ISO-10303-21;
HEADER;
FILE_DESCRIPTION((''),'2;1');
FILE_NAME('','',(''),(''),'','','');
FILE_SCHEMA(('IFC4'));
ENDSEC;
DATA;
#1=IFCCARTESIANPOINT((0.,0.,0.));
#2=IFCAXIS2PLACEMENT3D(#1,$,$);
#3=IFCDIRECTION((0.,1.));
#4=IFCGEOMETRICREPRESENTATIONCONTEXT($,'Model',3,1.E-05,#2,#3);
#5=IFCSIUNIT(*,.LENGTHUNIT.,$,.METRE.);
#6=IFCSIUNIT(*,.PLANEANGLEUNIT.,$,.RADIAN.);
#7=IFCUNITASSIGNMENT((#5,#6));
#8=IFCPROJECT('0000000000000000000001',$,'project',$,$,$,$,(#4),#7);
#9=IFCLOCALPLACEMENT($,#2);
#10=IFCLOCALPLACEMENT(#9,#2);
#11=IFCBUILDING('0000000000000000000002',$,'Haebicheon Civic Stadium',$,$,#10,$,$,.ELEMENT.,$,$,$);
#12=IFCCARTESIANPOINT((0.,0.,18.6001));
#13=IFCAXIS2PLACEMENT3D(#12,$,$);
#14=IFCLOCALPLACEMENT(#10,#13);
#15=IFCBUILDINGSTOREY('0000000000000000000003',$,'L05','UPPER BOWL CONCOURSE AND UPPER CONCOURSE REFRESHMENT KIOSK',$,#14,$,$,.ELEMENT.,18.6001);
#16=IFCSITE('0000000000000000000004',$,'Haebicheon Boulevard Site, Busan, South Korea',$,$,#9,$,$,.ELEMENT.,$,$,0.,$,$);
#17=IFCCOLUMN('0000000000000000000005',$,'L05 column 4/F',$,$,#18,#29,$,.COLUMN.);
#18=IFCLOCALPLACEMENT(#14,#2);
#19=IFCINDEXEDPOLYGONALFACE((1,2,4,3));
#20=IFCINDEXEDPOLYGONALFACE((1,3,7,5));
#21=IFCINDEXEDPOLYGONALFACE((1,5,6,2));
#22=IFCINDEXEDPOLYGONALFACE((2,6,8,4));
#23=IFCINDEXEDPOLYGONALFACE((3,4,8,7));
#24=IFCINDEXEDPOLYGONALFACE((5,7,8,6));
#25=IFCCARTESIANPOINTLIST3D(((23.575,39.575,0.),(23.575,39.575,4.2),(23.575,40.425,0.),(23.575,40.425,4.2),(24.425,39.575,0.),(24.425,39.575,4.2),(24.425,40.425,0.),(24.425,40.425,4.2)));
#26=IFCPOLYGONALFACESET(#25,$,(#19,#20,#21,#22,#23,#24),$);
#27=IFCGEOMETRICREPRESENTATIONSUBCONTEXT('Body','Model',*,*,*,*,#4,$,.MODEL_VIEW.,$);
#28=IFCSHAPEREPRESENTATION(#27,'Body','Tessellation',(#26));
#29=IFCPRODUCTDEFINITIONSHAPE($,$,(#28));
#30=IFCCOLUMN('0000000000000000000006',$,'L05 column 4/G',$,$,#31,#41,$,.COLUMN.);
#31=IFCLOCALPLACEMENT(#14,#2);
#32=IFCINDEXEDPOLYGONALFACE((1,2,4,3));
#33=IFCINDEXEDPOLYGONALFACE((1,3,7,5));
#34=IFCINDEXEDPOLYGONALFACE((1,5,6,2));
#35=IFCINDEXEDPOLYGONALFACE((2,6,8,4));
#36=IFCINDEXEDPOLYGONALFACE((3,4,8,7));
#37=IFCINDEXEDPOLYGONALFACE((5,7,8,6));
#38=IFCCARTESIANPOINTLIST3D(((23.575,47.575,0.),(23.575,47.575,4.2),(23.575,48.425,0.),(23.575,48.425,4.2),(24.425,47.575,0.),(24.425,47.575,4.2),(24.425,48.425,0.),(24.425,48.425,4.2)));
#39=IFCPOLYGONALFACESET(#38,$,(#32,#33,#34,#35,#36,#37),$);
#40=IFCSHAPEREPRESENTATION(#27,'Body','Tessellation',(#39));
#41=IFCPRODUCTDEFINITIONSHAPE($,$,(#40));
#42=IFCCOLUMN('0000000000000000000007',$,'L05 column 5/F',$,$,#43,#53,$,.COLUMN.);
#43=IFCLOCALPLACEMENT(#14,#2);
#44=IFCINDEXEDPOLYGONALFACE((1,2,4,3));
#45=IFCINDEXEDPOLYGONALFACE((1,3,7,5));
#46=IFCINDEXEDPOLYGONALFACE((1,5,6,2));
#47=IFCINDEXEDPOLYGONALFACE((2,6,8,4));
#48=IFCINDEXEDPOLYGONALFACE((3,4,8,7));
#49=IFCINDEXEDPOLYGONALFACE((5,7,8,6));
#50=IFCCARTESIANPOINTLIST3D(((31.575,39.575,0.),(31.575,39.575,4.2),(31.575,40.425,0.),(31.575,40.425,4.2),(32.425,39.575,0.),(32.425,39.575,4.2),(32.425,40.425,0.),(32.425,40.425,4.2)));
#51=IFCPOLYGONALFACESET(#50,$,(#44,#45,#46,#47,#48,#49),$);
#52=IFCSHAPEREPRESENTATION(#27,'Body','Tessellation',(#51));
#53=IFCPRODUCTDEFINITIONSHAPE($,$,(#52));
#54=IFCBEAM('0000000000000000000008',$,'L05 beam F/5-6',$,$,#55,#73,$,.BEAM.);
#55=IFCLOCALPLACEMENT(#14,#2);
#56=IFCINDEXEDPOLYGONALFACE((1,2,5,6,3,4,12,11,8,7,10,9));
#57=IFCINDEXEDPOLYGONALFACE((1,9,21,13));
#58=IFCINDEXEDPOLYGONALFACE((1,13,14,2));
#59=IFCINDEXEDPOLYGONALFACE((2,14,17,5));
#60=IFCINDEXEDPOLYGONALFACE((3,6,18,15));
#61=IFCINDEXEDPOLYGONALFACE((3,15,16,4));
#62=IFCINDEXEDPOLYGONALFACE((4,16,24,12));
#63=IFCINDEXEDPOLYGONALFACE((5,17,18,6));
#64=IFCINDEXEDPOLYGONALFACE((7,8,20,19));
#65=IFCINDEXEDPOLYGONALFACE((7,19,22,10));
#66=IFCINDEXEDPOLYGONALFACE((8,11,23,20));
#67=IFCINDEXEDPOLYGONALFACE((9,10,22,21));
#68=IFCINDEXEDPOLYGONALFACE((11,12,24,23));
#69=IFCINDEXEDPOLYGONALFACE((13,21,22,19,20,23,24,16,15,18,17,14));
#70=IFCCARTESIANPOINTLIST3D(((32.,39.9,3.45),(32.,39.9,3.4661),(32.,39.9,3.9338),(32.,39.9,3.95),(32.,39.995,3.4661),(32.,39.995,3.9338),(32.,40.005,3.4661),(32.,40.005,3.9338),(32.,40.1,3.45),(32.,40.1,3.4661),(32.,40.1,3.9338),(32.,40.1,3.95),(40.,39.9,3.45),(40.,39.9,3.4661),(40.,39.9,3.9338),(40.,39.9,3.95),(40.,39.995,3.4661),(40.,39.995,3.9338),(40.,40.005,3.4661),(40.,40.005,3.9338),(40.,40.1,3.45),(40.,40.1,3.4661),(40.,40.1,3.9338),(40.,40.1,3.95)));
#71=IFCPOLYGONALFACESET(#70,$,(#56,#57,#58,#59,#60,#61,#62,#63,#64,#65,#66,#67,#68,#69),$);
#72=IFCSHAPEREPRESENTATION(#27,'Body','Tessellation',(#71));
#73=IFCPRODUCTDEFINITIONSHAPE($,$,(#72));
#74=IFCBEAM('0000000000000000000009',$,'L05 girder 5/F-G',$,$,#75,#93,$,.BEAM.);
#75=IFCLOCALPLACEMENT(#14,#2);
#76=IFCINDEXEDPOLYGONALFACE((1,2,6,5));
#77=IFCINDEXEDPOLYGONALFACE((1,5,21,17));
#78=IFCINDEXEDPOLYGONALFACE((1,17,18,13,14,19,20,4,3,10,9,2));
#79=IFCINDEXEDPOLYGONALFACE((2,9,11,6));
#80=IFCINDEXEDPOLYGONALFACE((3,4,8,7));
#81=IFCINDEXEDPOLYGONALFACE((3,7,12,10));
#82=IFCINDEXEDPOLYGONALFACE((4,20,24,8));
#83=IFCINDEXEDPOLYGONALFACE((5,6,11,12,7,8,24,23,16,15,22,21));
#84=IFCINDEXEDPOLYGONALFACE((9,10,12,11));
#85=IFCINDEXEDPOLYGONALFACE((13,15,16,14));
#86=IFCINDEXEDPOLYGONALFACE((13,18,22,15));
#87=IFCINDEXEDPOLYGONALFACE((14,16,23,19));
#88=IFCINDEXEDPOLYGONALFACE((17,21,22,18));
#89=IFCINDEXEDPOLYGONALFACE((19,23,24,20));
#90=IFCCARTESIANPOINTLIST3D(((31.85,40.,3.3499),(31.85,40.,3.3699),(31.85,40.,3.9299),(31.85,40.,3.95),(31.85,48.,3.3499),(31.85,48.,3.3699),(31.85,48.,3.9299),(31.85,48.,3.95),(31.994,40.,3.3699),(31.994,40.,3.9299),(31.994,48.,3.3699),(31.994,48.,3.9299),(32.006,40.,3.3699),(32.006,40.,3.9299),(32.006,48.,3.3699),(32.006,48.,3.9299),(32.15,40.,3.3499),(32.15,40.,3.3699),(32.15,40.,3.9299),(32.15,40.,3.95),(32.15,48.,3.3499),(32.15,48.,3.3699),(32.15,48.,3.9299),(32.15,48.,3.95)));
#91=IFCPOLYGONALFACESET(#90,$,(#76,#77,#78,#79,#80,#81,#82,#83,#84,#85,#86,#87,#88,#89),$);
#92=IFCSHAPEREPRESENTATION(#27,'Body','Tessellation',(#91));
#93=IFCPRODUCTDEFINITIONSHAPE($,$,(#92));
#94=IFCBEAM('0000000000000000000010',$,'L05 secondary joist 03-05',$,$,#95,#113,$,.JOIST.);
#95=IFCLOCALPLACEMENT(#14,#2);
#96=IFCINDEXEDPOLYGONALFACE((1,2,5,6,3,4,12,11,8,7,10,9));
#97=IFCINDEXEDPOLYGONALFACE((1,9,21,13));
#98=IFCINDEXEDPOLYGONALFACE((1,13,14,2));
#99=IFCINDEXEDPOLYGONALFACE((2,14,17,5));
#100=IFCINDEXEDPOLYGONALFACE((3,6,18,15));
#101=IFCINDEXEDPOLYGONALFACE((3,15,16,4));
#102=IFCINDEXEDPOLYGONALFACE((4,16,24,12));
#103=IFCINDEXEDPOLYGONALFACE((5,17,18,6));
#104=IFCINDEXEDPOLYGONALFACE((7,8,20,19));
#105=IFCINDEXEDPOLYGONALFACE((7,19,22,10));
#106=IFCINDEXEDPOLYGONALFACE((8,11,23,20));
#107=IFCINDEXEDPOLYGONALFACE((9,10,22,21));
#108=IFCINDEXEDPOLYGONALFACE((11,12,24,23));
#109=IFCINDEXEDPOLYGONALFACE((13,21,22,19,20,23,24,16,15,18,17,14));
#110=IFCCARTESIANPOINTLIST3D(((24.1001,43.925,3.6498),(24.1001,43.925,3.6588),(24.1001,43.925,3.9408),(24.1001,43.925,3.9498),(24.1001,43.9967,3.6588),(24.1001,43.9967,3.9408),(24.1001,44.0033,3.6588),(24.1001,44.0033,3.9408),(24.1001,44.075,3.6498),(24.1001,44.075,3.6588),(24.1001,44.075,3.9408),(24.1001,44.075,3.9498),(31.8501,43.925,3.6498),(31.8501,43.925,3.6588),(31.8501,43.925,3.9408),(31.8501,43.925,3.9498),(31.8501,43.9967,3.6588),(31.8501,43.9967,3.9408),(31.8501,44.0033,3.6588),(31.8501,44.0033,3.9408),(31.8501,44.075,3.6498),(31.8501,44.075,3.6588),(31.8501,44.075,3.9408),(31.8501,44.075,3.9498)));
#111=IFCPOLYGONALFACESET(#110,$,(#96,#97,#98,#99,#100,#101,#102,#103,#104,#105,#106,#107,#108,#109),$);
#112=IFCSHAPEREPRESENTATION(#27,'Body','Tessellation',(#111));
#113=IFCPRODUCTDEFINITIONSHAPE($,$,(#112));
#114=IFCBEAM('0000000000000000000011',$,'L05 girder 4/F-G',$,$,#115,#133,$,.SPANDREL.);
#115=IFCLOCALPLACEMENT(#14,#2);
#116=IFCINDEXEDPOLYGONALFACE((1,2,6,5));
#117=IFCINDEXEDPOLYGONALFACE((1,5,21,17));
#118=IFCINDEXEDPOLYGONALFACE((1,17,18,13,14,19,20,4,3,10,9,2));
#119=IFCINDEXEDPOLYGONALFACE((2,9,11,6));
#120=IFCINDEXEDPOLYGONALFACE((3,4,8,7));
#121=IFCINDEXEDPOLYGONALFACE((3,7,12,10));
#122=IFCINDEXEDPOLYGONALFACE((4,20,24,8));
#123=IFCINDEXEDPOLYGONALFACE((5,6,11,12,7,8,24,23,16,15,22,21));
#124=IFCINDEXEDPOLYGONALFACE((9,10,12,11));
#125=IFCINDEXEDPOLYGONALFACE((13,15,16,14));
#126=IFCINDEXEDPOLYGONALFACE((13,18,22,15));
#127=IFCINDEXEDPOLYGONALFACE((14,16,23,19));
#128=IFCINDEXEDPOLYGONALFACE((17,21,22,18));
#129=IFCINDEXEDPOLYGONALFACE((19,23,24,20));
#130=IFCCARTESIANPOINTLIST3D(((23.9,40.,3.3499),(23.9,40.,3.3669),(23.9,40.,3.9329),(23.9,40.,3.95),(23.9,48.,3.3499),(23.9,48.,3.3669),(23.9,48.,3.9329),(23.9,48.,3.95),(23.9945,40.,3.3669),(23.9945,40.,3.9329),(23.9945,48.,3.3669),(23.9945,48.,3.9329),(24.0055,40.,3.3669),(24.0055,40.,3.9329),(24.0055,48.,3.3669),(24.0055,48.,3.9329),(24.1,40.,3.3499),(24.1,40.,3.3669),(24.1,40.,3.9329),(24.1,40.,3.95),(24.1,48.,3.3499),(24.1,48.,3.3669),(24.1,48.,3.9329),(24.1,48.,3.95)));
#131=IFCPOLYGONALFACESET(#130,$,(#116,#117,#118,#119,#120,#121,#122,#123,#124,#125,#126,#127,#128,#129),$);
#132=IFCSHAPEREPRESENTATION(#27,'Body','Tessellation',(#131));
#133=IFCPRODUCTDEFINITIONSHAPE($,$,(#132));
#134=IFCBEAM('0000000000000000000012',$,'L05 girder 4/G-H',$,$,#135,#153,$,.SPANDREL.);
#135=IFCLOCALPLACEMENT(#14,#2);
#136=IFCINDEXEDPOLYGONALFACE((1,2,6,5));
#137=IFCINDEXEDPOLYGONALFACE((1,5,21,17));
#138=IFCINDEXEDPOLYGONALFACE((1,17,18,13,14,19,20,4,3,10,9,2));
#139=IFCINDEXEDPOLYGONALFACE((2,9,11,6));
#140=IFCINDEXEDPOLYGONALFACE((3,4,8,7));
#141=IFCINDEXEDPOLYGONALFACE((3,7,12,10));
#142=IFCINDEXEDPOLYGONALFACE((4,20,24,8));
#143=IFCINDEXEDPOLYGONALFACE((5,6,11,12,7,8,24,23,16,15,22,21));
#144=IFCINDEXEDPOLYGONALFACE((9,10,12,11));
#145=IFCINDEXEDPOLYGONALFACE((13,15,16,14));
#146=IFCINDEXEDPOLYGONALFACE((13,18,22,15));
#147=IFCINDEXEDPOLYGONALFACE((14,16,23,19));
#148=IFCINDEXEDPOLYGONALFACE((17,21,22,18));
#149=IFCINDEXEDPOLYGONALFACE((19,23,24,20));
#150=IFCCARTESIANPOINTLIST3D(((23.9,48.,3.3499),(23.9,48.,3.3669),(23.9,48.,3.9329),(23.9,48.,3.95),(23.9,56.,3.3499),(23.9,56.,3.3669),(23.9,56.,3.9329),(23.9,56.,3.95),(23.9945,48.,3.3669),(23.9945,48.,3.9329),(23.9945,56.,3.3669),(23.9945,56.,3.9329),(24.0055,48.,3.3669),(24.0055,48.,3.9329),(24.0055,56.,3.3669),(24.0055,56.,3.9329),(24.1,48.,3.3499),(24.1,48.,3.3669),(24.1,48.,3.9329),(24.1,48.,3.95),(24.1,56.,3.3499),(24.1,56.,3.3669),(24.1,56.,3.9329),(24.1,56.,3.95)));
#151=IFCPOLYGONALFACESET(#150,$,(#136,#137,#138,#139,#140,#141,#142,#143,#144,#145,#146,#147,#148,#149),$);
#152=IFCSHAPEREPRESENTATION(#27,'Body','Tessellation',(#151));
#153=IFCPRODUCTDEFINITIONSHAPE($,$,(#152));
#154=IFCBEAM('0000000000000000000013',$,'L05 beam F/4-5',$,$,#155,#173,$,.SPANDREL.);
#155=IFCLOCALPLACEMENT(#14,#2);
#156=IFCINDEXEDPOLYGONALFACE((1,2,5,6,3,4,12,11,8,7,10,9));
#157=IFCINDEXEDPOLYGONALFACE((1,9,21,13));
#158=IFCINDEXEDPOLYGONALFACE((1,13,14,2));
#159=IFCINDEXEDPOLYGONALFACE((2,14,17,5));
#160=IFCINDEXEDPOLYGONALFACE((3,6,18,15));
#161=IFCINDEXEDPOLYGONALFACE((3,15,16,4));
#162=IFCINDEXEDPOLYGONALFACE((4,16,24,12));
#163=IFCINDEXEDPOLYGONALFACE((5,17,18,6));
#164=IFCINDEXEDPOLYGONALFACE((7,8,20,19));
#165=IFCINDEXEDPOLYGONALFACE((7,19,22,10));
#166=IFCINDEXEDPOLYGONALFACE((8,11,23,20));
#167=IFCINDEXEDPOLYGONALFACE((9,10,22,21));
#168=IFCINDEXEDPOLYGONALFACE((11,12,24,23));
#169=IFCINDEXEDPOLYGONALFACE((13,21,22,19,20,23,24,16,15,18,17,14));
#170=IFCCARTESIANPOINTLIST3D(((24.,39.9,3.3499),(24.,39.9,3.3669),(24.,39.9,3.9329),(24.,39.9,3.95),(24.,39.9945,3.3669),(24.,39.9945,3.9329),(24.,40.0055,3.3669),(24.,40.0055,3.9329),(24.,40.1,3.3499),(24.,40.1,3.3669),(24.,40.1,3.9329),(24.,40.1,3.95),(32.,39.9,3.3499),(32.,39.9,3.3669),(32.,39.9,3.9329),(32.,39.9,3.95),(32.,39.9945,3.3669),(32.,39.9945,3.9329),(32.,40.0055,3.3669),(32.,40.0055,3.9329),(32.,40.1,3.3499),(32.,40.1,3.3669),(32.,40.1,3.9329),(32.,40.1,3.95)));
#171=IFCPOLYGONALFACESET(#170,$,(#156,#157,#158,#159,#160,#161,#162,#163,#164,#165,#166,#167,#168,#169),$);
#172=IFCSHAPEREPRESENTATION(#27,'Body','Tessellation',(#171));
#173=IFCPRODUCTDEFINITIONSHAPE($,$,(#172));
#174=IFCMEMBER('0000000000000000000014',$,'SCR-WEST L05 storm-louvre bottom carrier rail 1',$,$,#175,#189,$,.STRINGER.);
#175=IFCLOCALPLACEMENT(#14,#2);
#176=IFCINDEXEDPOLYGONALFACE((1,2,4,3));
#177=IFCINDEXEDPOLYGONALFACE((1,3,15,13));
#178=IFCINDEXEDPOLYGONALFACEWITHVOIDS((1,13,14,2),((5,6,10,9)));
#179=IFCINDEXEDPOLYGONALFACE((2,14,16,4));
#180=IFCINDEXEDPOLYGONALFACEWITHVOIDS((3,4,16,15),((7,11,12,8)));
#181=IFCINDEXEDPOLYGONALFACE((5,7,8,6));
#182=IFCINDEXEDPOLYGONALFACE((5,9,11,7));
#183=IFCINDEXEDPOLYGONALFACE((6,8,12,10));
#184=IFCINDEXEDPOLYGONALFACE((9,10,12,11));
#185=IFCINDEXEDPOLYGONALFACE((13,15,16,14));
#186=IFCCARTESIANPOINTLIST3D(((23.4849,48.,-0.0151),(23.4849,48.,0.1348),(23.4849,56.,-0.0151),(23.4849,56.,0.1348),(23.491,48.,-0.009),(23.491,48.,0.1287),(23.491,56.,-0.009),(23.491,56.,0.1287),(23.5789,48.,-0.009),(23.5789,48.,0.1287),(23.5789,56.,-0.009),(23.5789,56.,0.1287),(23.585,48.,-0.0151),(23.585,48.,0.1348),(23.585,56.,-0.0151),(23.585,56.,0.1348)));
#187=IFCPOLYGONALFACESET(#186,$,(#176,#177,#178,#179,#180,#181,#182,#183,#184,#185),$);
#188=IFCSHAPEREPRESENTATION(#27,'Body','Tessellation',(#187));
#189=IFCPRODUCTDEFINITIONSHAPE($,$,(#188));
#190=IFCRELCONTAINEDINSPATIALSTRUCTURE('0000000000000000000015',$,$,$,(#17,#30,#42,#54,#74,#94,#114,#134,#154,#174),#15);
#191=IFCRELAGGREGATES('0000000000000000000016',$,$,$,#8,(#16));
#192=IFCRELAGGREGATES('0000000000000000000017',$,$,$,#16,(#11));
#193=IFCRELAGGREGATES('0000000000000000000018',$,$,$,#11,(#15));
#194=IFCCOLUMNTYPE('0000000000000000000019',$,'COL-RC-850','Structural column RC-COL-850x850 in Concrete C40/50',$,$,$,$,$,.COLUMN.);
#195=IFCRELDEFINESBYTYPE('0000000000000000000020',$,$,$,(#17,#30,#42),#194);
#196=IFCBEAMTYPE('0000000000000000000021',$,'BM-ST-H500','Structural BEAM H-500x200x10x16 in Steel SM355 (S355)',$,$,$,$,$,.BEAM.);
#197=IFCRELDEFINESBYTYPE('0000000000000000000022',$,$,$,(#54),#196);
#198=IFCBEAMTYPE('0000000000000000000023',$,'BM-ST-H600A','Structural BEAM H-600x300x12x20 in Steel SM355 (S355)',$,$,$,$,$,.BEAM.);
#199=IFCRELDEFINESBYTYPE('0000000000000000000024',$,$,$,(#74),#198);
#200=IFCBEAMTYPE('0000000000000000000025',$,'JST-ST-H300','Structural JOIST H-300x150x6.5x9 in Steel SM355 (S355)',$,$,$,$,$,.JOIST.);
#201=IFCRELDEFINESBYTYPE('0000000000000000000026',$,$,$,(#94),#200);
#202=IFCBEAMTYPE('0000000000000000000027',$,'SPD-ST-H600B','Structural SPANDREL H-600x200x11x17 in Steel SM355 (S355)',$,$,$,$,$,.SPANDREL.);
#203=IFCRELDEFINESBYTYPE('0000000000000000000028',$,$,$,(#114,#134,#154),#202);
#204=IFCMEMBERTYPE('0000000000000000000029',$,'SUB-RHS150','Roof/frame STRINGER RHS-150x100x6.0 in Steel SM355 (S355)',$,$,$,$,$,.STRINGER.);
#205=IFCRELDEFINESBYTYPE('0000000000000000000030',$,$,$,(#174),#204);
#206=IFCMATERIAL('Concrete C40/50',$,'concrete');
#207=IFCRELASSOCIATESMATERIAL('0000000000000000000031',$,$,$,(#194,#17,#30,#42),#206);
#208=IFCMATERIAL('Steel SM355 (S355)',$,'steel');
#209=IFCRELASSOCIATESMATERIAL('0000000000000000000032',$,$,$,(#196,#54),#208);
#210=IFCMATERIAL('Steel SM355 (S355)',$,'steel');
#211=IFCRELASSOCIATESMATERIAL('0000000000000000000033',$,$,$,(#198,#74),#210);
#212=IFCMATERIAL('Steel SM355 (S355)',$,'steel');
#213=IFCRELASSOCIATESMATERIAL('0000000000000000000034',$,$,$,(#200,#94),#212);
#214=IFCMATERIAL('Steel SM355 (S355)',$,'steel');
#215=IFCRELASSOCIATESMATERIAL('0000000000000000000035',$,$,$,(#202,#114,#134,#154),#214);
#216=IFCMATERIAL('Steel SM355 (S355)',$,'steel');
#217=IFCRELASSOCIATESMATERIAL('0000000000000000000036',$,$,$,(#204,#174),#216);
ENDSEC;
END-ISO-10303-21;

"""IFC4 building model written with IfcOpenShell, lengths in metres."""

from ifc_helpers import new_model, si_unit, direction, frame, origin, origin_2d, place, context, subcontext, project, spatial, rectangle, hollow_rectangle, i_section, extrude, material, material_profile, profile_set, type_object, element, save


model = new_model("IFC4")

# Units and contexts
model_context = context("Model", 3, precision=1e-05, world=origin(), true_north=direction((0.0, 1.0)))
body_context = subcontext(model_context, "Body", "Model", "MODEL_VIEW")
ifc_project = project(units=[si_unit("LENGTHUNIT", "METRE"), si_unit("PLANEANGLEUNIT", "RADIAN")], contexts=[model_context])

# Site, building, storey
site_placement = place(None, origin())
site = spatial("IfcSite", under=ifc_project, at=site_placement, Name="Haebicheon Boulevard Site, Busan, South Korea", CompositionType="ELEMENT", RefElevation=0.0)
building_placement = place(site_placement, origin())
building = spatial("IfcBuilding", under=site, at=building_placement, Name="Haebicheon Civic Stadium", CompositionType="ELEMENT")
storey_placement = place(building_placement, frame((0.0, 0.0, 18.6001)))
storey = spatial("IfcBuildingStorey", under=building, at=storey_placement, Name="L05", Description="UPPER BOWL CONCOURSE AND UPPER CONCOURSE REFRESHMENT KIOSK", CompositionType="ELEMENT", Elevation=18.6001)

# Columns
ifc_material_1 = material(Name="Concrete C40/50", Category="concrete")
ifc_material_profile_1 = material_profile(ifc_material_1, rectangle(XDim=0.8501, YDim=0.8501, at=origin_2d()), Name="RC-COL-850x850")
ifc_profile_set_1 = profile_set([ifc_material_profile_1], Name="Concrete C40/50")
column_type = type_object("IfcColumnType", Name="COL-RC-850", Description="Structural column RC-COL-850x850 in Concrete C40/50", PredefinedType="COLUMN", material=ifc_profile_set_1)
for number, where, z_axis, x_axis, name in (
    (1, (24.0, 40.0, 0.0), (0.0, 0.0, 1.0), (1.0, 0.0, 0.0), "L05 column 4/F"),
    (2, (24.0, 48.0, 0.0), (0.0, 0.0, 1.0), (1.0, 0.0, 0.0), "L05 column 4/G"),
    (3, (32.0, 40.0, 0.0), (0.0, 0.0, 1.0), (1.0, 0.0, 0.0), "L05 column 5/F"),
):
    element("IfcColumn", number, at=place(storey_placement, frame(where, z_axis=z_axis, x_axis=x_axis)), inside=storey, type_object=column_type, material=ifc_profile_set_1, Name=name, PredefinedType="COLUMN", context=body_context, shape_type="SweptSolid", body=[
        extrude(rectangle(XDim=0.8501, YDim=0.8501, at=origin_2d()), origin(), (0.0, 0.0, 1.0), 4.2),
    ])

# Beams
ifc_material_2 = material(Name="Steel SM355 (S355)", Category="steel")
ifc_material_profile_2 = material_profile(ifc_material_2, i_section(OverallWidth=0.2, OverallDepth=0.5, WebThickness=0.01, FlangeThickness=0.0161, at=origin_2d()), Name="H-500x200x10x16")
ifc_profile_set_2 = profile_set([ifc_material_profile_2], Name="Steel SM355 (S355)")
beam_type_1 = type_object("IfcBeamType", Name="BM-ST-H500", Description="Structural BEAM H-500x200x10x16 in Steel SM355 (S355)", PredefinedType="BEAM", material=ifc_profile_set_2)
beam_1_placement = place(storey_placement, frame((32.0, 40.0, 3.7), z_axis=(1.0, 0.0, 0.0), x_axis=(0.0, 1.0, 0.0)))
element("IfcBeam", 4, at=beam_1_placement, inside=storey, type_object=beam_type_1, material=ifc_profile_set_2, Name="L05 beam F/5-6", PredefinedType="BEAM", context=body_context, shape_type="SweptSolid", body=[
    extrude(i_section(OverallWidth=0.2, OverallDepth=0.5, WebThickness=0.01, FlangeThickness=0.0161, at=origin_2d()), origin(), (0.0, 0.0, 1.0), 8.0),
])
ifc_material_3 = material(Name="Steel SM355 (S355)", Category="steel")
ifc_material_profile_3 = material_profile(ifc_material_3, i_section(OverallWidth=0.3, OverallDepth=0.6001, WebThickness=0.012, FlangeThickness=0.02, at=origin_2d()), Name="H-600x300x12x20")
ifc_profile_set_3 = profile_set([ifc_material_profile_3], Name="Steel SM355 (S355)")
beam_type_2 = type_object("IfcBeamType", Name="BM-ST-H600A", Description="Structural BEAM H-600x300x12x20 in Steel SM355 (S355)", PredefinedType="BEAM", material=ifc_profile_set_3)
beam_2_placement = place(storey_placement, frame((32.0, 40.0, 3.6499), z_axis=(0.0, 1.0, 0.0), x_axis=(-1.0, 0.0, 0.0)))
element("IfcBeam", 5, at=beam_2_placement, inside=storey, type_object=beam_type_2, material=ifc_profile_set_3, Name="L05 girder 5/F-G", PredefinedType="BEAM", context=body_context, shape_type="SweptSolid", body=[
    extrude(i_section(OverallWidth=0.3, OverallDepth=0.6001, WebThickness=0.012, FlangeThickness=0.02, at=origin_2d()), origin(), (0.0, 0.0, 1.0), 8.0),
])
ifc_material_4 = material(Name="Steel SM355 (S355)", Category="steel")
ifc_material_profile_4 = material_profile(ifc_material_4, i_section(OverallWidth=0.1499, OverallDepth=0.3, WebThickness=0.0066, FlangeThickness=0.009, at=origin_2d()), Name="H-300x150x6.5x9")
ifc_profile_set_4 = profile_set([ifc_material_profile_4], Name="Steel SM355 (S355)")
beam_type_3 = type_object("IfcBeamType", Name="JST-ST-H300", Description="Structural JOIST H-300x150x6.5x9 in Steel SM355 (S355)", PredefinedType="JOIST", material=ifc_profile_set_4)
beam_3_placement = place(storey_placement, frame((24.1001, 44.0, 3.7998), z_axis=(1.0, 0.0, 0.0), x_axis=(0.0, 1.0, 0.0)))
element("IfcBeam", 6, at=beam_3_placement, inside=storey, type_object=beam_type_3, material=ifc_profile_set_4, Name="L05 secondary joist 03-05", PredefinedType="JOIST", context=body_context, shape_type="SweptSolid", body=[
    extrude(i_section(OverallWidth=0.1499, OverallDepth=0.3, WebThickness=0.0066, FlangeThickness=0.009, at=origin_2d()), origin(), (0.0, 0.0, 1.0), 7.75),
])
ifc_material_5 = material(Name="Steel SM355 (S355)", Category="steel")
ifc_material_profile_5 = material_profile(ifc_material_5, i_section(OverallWidth=0.2, OverallDepth=0.6001, WebThickness=0.011, FlangeThickness=0.0171, at=origin_2d()), Name="H-600x200x11x17")
ifc_profile_set_5 = profile_set([ifc_material_profile_5], Name="Steel SM355 (S355)")
beam_type_4 = type_object("IfcBeamType", Name="SPD-ST-H600B", Description="Structural SPANDREL H-600x200x11x17 in Steel SM355 (S355)", PredefinedType="SPANDREL", material=ifc_profile_set_5)
for number, where, z_axis, x_axis, name in (
    (7, (24.0, 40.0, 3.6499), (0.0, 1.0, 0.0), (-1.0, 0.0, 0.0), "L05 girder 4/F-G"),
    (8, (24.0, 48.0, 3.6499), (0.0, 1.0, 0.0), (-1.0, 0.0, 0.0), "L05 girder 4/G-H"),
    (9, (24.0, 40.0, 3.6499), (1.0, 0.0, 0.0), (0.0, 1.0, 0.0), "L05 beam F/4-5"),
):
    element("IfcBeam", number, at=place(storey_placement, frame(where, z_axis=z_axis, x_axis=x_axis)), inside=storey, type_object=beam_type_4, material=ifc_profile_set_5, Name=name, PredefinedType="SPANDREL", context=body_context, shape_type="SweptSolid", body=[
        extrude(i_section(OverallWidth=0.2, OverallDepth=0.6001, WebThickness=0.011, FlangeThickness=0.0171, at=origin_2d()), origin(), (0.0, 0.0, 1.0), 8.0),
    ])

# Member
ifc_material_6 = material(Name="Steel SM355 (S355)", Category="steel")
ifc_material_profile_6 = material_profile(ifc_material_6, hollow_rectangle(XDim=0.1001, YDim=0.1499, WallThickness=0.0061, at=origin_2d()), Name="RHS-150x100x6.0")
ifc_profile_set_6 = profile_set([ifc_material_profile_6], Name="Steel SM355 (S355)")
member_type = type_object("IfcMemberType", Name="SUB-RHS150", Description="Roof/frame STRINGER RHS-150x100x6.0 in Steel SM355 (S355)", PredefinedType="STRINGER", material=ifc_profile_set_6)
for number, where, z_axis, x_axis, name in (
    (10, (23.5349, 48.0, 0.0598), (0.0, 1.0, 0.0), (-1.0, 0.0, 0.0), "SCR-WEST L05 storm-louvre bottom carrier rail 1"),
):
    element("IfcMember", number, at=place(storey_placement, frame(where, z_axis=z_axis, x_axis=x_axis)), inside=storey, type_object=member_type, material=ifc_profile_set_6, Name=name, PredefinedType="STRINGER", context=body_context, shape_type="SweptSolid", body=[
        extrude(hollow_rectangle(XDim=0.1001, YDim=0.1499, WallThickness=0.0061, at=origin_2d()), origin(), (0.0, 0.0, 1.0), 8.0),
    ])

save(model, "model.ifc")
